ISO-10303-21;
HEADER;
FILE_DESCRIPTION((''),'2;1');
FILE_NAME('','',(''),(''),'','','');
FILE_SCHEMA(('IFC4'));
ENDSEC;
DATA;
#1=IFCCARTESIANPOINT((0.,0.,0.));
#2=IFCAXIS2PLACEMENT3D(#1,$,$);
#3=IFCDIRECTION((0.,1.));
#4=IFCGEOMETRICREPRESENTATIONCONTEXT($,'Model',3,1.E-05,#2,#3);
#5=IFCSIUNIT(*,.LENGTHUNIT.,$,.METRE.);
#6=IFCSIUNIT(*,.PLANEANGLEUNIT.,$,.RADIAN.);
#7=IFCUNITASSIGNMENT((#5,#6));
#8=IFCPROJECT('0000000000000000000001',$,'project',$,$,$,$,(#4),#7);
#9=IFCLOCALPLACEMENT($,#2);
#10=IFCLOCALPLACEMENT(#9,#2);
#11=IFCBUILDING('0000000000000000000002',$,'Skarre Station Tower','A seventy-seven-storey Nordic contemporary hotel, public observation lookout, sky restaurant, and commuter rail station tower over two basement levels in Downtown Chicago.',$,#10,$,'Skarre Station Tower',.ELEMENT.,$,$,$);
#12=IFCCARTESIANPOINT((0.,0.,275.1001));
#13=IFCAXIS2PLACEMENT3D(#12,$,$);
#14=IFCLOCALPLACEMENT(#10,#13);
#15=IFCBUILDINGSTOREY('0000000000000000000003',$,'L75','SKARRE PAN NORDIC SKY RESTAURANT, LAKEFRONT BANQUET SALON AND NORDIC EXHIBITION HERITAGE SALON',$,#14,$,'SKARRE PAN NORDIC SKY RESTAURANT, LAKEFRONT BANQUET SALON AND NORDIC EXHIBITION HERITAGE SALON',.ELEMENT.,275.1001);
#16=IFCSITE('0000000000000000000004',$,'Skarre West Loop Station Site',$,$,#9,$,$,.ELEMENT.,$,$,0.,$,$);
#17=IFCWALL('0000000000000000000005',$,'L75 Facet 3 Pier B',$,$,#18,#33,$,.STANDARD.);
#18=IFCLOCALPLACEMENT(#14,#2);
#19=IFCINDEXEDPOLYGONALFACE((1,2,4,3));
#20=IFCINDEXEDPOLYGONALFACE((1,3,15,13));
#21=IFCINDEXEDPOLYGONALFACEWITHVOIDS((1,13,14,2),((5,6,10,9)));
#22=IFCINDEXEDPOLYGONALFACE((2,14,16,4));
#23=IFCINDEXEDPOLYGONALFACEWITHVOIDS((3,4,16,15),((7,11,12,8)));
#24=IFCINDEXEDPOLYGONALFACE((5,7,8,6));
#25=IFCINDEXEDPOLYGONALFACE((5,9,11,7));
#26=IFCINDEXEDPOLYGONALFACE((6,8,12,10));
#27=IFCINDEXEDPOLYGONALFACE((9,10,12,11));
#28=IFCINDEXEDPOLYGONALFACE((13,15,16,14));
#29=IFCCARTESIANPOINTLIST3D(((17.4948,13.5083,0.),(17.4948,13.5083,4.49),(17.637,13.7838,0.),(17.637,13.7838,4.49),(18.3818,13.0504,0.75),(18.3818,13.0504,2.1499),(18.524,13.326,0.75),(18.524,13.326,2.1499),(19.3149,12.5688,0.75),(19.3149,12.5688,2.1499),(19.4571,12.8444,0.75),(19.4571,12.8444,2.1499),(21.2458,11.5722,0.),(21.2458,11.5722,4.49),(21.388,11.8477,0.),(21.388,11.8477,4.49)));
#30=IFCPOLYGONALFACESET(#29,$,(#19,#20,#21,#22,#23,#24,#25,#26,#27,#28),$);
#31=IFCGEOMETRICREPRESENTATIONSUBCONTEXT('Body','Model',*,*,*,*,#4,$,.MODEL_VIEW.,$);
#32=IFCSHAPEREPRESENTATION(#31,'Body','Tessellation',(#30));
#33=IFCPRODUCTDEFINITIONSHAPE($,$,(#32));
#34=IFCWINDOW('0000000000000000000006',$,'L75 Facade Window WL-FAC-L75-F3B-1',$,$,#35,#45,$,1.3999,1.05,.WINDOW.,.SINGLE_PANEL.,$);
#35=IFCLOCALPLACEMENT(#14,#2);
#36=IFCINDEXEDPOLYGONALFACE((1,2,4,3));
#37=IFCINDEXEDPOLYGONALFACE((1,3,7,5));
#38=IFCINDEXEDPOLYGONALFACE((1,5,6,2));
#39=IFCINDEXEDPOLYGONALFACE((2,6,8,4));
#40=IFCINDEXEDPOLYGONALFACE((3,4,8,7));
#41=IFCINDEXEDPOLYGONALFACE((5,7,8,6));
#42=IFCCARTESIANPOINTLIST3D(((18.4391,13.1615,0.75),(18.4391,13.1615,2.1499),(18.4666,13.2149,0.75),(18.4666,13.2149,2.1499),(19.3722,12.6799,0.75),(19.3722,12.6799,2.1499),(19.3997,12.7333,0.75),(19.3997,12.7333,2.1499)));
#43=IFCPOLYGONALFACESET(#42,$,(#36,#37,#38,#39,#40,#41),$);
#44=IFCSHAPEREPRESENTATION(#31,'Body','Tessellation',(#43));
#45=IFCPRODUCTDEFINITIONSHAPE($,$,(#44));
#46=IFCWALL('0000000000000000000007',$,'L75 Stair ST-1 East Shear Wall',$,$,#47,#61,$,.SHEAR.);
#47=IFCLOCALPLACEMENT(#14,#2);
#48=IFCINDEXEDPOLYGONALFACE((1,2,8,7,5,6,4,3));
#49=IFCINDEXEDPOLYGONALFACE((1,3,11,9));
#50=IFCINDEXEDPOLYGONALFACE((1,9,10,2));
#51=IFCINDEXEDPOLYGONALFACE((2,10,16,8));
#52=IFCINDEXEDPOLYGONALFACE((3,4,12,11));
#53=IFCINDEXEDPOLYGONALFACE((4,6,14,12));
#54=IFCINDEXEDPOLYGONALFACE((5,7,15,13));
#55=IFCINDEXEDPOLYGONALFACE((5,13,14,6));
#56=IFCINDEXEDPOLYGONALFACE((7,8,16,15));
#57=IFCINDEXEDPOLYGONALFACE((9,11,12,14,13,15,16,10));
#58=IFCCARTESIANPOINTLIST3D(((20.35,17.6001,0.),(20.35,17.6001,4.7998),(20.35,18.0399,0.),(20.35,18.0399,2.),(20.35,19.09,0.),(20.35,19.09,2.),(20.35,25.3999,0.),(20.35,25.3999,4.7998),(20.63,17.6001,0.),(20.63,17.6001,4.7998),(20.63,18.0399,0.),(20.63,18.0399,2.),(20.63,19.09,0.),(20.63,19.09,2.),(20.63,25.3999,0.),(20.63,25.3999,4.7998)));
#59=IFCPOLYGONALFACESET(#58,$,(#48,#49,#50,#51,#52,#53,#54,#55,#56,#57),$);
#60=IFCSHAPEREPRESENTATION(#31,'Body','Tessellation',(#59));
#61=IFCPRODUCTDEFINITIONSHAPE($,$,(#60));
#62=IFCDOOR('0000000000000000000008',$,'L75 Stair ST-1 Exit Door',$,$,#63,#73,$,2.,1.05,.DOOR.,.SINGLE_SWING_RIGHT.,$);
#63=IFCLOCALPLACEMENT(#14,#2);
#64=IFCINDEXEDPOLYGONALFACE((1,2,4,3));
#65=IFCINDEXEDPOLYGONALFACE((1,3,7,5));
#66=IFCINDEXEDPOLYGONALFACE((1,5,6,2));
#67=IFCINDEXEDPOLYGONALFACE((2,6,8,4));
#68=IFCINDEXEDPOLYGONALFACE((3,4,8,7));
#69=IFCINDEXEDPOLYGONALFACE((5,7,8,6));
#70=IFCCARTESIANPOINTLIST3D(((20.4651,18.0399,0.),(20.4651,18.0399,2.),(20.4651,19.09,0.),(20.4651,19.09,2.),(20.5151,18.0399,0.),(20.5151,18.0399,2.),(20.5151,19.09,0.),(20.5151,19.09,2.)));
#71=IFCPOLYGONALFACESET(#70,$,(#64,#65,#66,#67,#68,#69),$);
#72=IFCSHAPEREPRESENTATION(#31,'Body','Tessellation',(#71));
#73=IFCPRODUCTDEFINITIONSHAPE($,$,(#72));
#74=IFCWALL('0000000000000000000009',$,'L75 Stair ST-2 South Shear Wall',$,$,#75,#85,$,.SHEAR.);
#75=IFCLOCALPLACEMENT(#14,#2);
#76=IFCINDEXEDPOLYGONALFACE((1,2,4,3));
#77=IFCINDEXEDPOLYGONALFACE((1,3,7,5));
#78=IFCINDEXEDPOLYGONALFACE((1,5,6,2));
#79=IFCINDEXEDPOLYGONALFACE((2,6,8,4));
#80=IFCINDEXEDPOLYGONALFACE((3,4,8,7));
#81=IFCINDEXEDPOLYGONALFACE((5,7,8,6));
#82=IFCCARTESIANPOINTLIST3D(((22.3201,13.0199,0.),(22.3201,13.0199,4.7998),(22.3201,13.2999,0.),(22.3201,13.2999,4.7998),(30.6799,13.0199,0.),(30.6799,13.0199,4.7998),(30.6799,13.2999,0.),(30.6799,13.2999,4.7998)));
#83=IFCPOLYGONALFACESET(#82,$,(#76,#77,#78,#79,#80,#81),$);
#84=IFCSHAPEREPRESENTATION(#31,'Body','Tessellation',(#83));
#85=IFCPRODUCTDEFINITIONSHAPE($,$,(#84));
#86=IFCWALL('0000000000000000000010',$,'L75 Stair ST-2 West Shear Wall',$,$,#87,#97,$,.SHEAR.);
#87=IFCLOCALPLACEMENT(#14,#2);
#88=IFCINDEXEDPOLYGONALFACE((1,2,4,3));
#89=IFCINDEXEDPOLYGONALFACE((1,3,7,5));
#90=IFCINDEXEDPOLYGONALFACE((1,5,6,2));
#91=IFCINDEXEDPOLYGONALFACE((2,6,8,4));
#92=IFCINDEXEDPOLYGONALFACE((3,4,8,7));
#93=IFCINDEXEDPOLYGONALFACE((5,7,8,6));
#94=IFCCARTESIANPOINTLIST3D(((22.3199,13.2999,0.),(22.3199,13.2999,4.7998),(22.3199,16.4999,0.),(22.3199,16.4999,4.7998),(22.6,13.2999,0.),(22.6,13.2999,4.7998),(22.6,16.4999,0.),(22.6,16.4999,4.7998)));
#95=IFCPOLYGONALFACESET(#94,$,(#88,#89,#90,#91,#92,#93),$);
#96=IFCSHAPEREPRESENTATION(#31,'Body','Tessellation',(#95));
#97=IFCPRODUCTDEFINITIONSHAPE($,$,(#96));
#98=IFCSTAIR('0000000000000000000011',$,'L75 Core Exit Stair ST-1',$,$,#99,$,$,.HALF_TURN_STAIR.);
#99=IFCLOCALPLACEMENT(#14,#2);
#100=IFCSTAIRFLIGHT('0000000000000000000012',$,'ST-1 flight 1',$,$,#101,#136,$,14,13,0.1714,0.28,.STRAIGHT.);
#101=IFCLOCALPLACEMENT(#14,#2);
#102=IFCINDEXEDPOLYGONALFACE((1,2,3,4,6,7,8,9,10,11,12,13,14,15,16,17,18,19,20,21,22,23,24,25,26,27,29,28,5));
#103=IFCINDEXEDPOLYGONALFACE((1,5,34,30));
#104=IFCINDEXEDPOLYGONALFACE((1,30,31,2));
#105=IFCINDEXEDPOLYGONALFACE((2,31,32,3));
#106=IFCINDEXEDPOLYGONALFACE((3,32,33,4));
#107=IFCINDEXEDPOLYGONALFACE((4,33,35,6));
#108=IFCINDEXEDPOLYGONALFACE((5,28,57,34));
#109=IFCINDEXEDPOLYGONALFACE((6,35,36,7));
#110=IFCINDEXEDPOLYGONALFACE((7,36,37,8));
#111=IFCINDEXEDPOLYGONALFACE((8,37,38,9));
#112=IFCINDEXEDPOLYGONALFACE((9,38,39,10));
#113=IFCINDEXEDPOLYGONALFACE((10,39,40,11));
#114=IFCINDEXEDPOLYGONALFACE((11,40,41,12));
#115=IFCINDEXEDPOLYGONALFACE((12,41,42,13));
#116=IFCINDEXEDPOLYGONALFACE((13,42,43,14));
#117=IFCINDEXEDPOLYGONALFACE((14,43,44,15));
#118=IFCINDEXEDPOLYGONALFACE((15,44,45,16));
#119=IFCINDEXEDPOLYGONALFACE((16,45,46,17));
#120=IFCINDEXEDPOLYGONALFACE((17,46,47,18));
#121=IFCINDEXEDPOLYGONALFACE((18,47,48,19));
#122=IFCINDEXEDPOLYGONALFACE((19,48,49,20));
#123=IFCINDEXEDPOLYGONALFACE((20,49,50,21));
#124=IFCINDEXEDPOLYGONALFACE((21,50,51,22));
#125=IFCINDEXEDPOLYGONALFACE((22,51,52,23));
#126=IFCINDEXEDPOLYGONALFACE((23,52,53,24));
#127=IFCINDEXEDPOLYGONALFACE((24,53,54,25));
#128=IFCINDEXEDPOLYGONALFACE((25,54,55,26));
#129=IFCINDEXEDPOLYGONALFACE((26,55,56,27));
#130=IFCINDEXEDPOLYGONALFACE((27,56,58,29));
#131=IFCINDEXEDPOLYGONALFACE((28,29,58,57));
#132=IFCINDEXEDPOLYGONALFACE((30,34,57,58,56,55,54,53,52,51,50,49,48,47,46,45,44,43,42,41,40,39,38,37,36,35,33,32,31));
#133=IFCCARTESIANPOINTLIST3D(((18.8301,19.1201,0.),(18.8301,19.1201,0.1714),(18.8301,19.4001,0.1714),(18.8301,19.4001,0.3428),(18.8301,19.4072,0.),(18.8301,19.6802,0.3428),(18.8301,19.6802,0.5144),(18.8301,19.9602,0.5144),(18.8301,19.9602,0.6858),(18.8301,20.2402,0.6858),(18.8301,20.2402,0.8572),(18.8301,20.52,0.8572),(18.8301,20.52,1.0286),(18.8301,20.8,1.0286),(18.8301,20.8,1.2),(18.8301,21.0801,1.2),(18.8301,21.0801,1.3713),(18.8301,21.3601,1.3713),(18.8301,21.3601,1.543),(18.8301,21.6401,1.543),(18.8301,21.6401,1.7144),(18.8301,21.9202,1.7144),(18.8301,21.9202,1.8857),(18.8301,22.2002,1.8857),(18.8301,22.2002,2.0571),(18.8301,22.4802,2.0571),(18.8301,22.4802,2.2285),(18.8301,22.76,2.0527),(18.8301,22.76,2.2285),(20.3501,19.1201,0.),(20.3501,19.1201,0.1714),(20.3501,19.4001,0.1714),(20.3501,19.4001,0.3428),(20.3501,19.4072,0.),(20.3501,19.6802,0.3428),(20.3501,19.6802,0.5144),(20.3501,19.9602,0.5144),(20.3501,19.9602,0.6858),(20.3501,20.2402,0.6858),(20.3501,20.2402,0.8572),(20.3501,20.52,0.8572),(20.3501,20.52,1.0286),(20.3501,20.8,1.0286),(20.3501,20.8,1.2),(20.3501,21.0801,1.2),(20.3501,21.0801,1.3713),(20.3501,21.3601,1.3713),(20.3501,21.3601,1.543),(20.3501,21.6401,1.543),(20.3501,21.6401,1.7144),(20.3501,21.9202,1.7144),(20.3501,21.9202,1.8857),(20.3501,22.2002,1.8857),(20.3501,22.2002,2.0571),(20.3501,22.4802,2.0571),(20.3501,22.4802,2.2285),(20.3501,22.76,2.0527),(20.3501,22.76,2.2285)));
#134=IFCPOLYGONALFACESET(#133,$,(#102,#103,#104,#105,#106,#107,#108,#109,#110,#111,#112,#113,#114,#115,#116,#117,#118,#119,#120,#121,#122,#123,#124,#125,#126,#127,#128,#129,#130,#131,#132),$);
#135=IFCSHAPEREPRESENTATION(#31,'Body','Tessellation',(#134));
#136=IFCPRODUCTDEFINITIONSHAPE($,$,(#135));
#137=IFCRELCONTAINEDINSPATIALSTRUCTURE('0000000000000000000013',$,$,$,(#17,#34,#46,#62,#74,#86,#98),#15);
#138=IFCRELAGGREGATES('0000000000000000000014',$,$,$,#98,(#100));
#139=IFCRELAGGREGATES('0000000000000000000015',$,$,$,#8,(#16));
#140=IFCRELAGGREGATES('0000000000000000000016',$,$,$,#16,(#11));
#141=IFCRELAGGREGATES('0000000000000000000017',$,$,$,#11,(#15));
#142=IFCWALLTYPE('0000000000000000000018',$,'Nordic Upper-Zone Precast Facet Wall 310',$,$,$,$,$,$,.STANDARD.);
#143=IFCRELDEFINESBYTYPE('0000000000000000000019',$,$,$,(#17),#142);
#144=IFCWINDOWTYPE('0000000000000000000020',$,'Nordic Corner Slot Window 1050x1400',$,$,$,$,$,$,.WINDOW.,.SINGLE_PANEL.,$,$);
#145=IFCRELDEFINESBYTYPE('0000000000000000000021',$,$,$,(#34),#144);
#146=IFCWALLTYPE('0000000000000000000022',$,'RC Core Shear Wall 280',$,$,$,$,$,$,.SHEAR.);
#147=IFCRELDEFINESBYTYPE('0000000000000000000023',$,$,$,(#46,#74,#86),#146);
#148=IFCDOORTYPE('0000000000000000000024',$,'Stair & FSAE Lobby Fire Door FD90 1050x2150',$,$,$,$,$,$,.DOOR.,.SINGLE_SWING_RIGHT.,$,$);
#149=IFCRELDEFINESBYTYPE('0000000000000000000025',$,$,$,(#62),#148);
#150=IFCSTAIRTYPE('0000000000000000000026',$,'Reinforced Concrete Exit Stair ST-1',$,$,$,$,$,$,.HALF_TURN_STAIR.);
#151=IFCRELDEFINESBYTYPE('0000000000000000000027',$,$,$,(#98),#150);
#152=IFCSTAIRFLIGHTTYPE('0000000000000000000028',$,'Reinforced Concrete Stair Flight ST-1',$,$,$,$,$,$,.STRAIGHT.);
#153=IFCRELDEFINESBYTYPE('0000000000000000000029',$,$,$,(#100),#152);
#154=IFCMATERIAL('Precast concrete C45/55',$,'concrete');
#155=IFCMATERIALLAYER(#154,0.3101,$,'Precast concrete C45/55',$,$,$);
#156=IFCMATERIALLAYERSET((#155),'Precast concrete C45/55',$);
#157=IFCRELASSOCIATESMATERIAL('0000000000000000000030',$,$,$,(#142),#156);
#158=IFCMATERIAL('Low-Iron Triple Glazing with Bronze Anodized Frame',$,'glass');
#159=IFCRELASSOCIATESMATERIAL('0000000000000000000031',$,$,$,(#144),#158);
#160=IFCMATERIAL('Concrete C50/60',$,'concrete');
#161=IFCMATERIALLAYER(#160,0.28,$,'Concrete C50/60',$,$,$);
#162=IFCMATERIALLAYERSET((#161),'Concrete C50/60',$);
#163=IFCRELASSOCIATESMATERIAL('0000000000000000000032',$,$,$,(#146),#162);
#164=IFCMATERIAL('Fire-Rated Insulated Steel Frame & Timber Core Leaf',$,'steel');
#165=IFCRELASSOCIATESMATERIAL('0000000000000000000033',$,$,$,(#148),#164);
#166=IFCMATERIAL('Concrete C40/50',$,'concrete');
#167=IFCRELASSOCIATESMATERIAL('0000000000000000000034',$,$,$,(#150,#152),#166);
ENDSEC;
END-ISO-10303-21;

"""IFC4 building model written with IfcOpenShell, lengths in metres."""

from ifc_helpers import new_model, si_unit, direction, frame, frame_2d, origin, place, context, subcontext, project, spatial, polyline, rectangle, outline, extrude, material, layer, layer_set, type_object, element, fill, aggregate, save


model = new_model("IFC4")

# Units and contexts
model_context = context("Model", 3, precision=1e-05, world=origin(), true_north=direction((0.0, 1.0)))
body_context = subcontext(model_context, "Body", "Model", "MODEL_VIEW")
ifc_project = project(units=[si_unit("LENGTHUNIT", "METRE"), si_unit("PLANEANGLEUNIT", "RADIAN")], contexts=[model_context])

# Site, building, storey
site_placement = place(None, origin())
site = spatial("IfcSite", under=ifc_project, at=site_placement, Name="Skarre West Loop Station Site", CompositionType="ELEMENT", RefElevation=0.0)
building_placement = place(site_placement, origin())
building = spatial("IfcBuilding", under=site, at=building_placement, Name="Skarre Station Tower", Description="A seventy-seven-storey Nordic contemporary hotel, public observation lookout, sky restaurant, and commuter rail station tower over two basement levels in Downtown Chicago.", LongName="Skarre Station Tower", CompositionType="ELEMENT")
storey_placement = place(building_placement, frame((0.0, 0.0, 275.1001)))
storey = spatial("IfcBuildingStorey", under=building, at=storey_placement, Name="L75", Description="SKARRE PAN NORDIC SKY RESTAURANT, LAKEFRONT BANQUET SALON AND NORDIC EXHIBITION HERITAGE SALON", LongName="SKARRE PAN NORDIC SKY RESTAURANT, LAKEFRONT BANQUET SALON AND NORDIC EXHIBITION HERITAGE SALON", CompositionType="ELEMENT", Elevation=275.1001)

# Shared definitions
ifc_material_1 = material(Name="Concrete C50/60", Category="concrete")

# Wall, opening, window
ifc_material_2 = material(Name="Precast concrete C45/55", Category="concrete")
ifc_layer_1 = layer(ifc_material_2, 0.3101, Name="Precast concrete C45/55")
ifc_layer_set_1 = layer_set([ifc_layer_1], Name="Precast concrete C45/55")
wall_type_1 = type_object("IfcWallType", Name="Nordic Upper-Zone Precast Facet Wall 310", PredefinedType="STANDARD", material=ifc_layer_set_1)
wall_1_placement = place(storey_placement, frame((21.3169, 11.71, 0.0), z_axis=(0.0, 0.0, 1.0), x_axis=(-0.888616, 0.458652, 0.0)))
wall_1 = element("IfcWall", 1, at=wall_1_placement, inside=storey, type_object=wall_type_1, Name="L75 Facet 3 Pier B", PredefinedType="STANDARD", context=body_context, shape_type="SweptSolid", body=[
    extrude(rectangle(XDim=4.2212, YDim=0.3101, at=frame_2d((2.1106, 0.0))), origin(), (0.0, 0.0, 1.0), 4.49),
])
opening_1_placement = place(wall_1_placement, frame((2.1731, 0.0, 0.75)))
opening_1 = element("IfcOpeningElement", 2, at=opening_1_placement, cuts=wall_1, PredefinedType="OPENING", context=body_context, shape_type="SweptSolid", body=[
    extrude(rectangle(XDim=1.05, YDim=1.3999, at=frame_2d((0.5249, 0.7))), frame((0.0, 0.165, 0.0), z_axis=(0.0, -1.0, 0.0), x_axis=(1.0, 0.0, 0.0)), (0.0, 0.0, 1.0), 0.3301),
])
ifc_material_3 = material(Name="Low-Iron Triple Glazing with Bronze Anodized Frame", Category="glass")
window_type = type_object("IfcWindowType", Name="Nordic Corner Slot Window 1050x1400", PartitioningType="SINGLE_PANEL", PredefinedType="WINDOW", material=ifc_material_3)
window_placement = place(opening_1_placement, origin())
window = element("IfcWindow", 3, at=window_placement, inside=storey, type_object=window_type, Name="L75 Facade Window WL-FAC-L75-F3B-1", OverallHeight=1.3999, OverallWidth=1.05, PartitioningType="SINGLE_PANEL", PredefinedType="WINDOW", context=body_context, shape_type="SweptSolid", body=[
    extrude(rectangle(XDim=1.05, YDim=1.3999, at=frame_2d((0.5249, 0.7))), frame((0.0, 0.03, 0.0), z_axis=(0.0, -1.0, 0.0), x_axis=(1.0, 0.0, 0.0)), (0.0, 0.0, 1.0), 0.0601),
])
fill(opening_1, window)

# Wall, opening, door
ifc_layer_2 = layer(ifc_material_1, 0.28, Name="Concrete C50/60")
ifc_layer_set_2 = layer_set([ifc_layer_2], Name="Concrete C50/60")
wall_type_2 = type_object("IfcWallType", Name="RC Core Shear Wall 280", PredefinedType="SHEAR", material=ifc_layer_set_2)
wall_2_placement = place(storey_placement, frame((20.49, 17.6001, 0.0), z_axis=(0.0, 0.0, 1.0), x_axis=(0.0, 1.0, 0.0)))
wall_2 = element("IfcWall", 4, at=wall_2_placement, inside=storey, type_object=wall_type_2, Name="L75 Stair ST-1 East Shear Wall", PredefinedType="SHEAR", context=body_context, shape_type="SweptSolid", body=[
    extrude(rectangle(XDim=7.7998, YDim=0.28, at=frame_2d((3.8999, 0.0))), origin(), (0.0, 0.0, 1.0), 4.7998),
])
opening_2_placement = place(wall_2_placement, frame((0.4399, 0.0, 0.0)))
opening_2 = element("IfcOpeningElement", 5, at=opening_2_placement, cuts=wall_2, PredefinedType="OPENING", context=body_context, shape_type="SweptSolid", body=[
    extrude(rectangle(XDim=1.05, YDim=2.0, at=frame_2d((0.5249, 1.0))), frame((0.0, 0.1499, 0.0), z_axis=(0.0, -1.0, 0.0), x_axis=(1.0, 0.0, 0.0)), (0.0, 0.0, 1.0), 0.3),
])
ifc_material_4 = material(Name="Fire-Rated Insulated Steel Frame & Timber Core Leaf", Category="steel")
door_type_1 = type_object("IfcDoorType", Name="Stair & FSAE Lobby Fire Door FD90 1050x2150", OperationType="SINGLE_SWING_RIGHT", PredefinedType="DOOR", material=ifc_material_4)
door_1_placement = place(opening_2_placement, origin())
door_1 = element("IfcDoor", 6, at=door_1_placement, inside=storey, type_object=door_type_1, Name="L75 Stair ST-1 Exit Door", OperationType="SINGLE_SWING_RIGHT", OverallHeight=2.0, OverallWidth=1.05, PredefinedType="DOOR", context=body_context, shape_type="SweptSolid", body=[
    extrude(rectangle(XDim=1.05, YDim=2.0, at=frame_2d((0.5249, 1.0))), frame((0.0, 0.0249, 0.0), z_axis=(0.0, -1.0, 0.0), x_axis=(1.0, 0.0, 0.0)), (0.0, 0.0, 1.0), 0.05),
])
fill(opening_2, door_1)

# Walls
wall_3_placement = place(storey_placement, frame((22.3201, 13.1599, 0.0), z_axis=(0.0, 0.0, 1.0), x_axis=(1.0, 0.0, 0.0)))
element("IfcWall", 7, at=wall_3_placement, inside=storey, type_object=wall_type_2, Name="L75 Stair ST-2 South Shear Wall", PredefinedType="SHEAR", context=body_context, shape_type="SweptSolid", body=[
    extrude(rectangle(XDim=8.3599, YDim=0.28, at=frame_2d((4.1799, 0.0))), origin(), (0.0, 0.0, 1.0), 4.7998),
])
wall_4_placement = place(storey_placement, frame((22.46, 16.5, 0.0), z_axis=(0.0, 0.0, 1.0), x_axis=(0.0, -1.0, 0.0)))
element("IfcWall", 8, at=wall_4_placement, inside=storey, type_object=wall_type_2, Name="L75 Stair ST-2 West Shear Wall", PredefinedType="SHEAR", context=body_context, shape_type="SweptSolid", body=[
    extrude(rectangle(XDim=3.2, YDim=0.28, at=frame_2d((1.6001, 0.0))), origin(), (0.0, 0.0, 1.0), 4.7998),
])

# Stair, stair flight
ifc_material_5 = material(Name="Concrete C40/50", Category="concrete")
stair_type = type_object("IfcStairType", Name="Reinforced Concrete Exit Stair ST-1", PredefinedType="HALF_TURN_STAIR", material=ifc_material_5)
stair_placement = place(storey_placement, origin())
stair = element("IfcStair", 9, at=stair_placement, inside=storey, type_object=stair_type, Name="L75 Core Exit Stair ST-1", PredefinedType="HALF_TURN_STAIR")
stair_flight_type = type_object("IfcStairFlightType", Name="Reinforced Concrete Stair Flight ST-1", PredefinedType="STRAIGHT", material=ifc_material_5)
stair_flight_placement = place(storey_placement, frame((19.5901, 19.1201, 0.0), z_axis=(0.0, 0.0, 1.0), x_axis=(0.0, 1.0, 0.0)))
stair_flight = element("IfcStairFlight", 10, at=stair_flight_placement, type_object=stair_flight_type, Name="ST-1 flight 1", NumberOfRisers=14, NumberOfTreads=13, PredefinedType="STRAIGHT", RiserHeight=0.1714, TreadLength=0.28, context=body_context, shape_type="SweptSolid", body=[
    extrude(outline(polyline([(0.0, 0.0), (0.0, 0.1714), (0.28, 0.1714), (0.28, 0.3428), (0.5601, 0.3428), (0.5601, 0.5144), (0.8401, 0.5144), (0.8401, 0.6858), (1.1201, 0.6858), (1.1201, 0.8572), (1.3999, 0.8572), (1.3999, 1.0286), (1.6799, 1.0286), (1.6799, 1.2), (1.96, 1.2), (1.96, 1.3713), (2.24, 1.3713), (2.24, 1.543), (2.52, 1.543), (2.52, 1.7144), (2.8, 1.7144), (2.8, 1.8857), (3.0801, 1.8857), (3.0801, 2.0571), (3.3601, 2.0571), (3.3601, 2.2285), (3.6399, 2.2285), (3.6399, 2.3999), (3.6399, 2.0527), (0.2871, 0.0), (0.0, 0.0)])), frame((0.0, 0.76, 0.0), z_axis=(0.0, -1.0, 0.0), x_axis=(1.0, 0.0, 0.0)), (0.0, 0.0, 1.0), 1.52),
])
aggregate(stair, [stair_flight])

save(model, "model.ifc")
